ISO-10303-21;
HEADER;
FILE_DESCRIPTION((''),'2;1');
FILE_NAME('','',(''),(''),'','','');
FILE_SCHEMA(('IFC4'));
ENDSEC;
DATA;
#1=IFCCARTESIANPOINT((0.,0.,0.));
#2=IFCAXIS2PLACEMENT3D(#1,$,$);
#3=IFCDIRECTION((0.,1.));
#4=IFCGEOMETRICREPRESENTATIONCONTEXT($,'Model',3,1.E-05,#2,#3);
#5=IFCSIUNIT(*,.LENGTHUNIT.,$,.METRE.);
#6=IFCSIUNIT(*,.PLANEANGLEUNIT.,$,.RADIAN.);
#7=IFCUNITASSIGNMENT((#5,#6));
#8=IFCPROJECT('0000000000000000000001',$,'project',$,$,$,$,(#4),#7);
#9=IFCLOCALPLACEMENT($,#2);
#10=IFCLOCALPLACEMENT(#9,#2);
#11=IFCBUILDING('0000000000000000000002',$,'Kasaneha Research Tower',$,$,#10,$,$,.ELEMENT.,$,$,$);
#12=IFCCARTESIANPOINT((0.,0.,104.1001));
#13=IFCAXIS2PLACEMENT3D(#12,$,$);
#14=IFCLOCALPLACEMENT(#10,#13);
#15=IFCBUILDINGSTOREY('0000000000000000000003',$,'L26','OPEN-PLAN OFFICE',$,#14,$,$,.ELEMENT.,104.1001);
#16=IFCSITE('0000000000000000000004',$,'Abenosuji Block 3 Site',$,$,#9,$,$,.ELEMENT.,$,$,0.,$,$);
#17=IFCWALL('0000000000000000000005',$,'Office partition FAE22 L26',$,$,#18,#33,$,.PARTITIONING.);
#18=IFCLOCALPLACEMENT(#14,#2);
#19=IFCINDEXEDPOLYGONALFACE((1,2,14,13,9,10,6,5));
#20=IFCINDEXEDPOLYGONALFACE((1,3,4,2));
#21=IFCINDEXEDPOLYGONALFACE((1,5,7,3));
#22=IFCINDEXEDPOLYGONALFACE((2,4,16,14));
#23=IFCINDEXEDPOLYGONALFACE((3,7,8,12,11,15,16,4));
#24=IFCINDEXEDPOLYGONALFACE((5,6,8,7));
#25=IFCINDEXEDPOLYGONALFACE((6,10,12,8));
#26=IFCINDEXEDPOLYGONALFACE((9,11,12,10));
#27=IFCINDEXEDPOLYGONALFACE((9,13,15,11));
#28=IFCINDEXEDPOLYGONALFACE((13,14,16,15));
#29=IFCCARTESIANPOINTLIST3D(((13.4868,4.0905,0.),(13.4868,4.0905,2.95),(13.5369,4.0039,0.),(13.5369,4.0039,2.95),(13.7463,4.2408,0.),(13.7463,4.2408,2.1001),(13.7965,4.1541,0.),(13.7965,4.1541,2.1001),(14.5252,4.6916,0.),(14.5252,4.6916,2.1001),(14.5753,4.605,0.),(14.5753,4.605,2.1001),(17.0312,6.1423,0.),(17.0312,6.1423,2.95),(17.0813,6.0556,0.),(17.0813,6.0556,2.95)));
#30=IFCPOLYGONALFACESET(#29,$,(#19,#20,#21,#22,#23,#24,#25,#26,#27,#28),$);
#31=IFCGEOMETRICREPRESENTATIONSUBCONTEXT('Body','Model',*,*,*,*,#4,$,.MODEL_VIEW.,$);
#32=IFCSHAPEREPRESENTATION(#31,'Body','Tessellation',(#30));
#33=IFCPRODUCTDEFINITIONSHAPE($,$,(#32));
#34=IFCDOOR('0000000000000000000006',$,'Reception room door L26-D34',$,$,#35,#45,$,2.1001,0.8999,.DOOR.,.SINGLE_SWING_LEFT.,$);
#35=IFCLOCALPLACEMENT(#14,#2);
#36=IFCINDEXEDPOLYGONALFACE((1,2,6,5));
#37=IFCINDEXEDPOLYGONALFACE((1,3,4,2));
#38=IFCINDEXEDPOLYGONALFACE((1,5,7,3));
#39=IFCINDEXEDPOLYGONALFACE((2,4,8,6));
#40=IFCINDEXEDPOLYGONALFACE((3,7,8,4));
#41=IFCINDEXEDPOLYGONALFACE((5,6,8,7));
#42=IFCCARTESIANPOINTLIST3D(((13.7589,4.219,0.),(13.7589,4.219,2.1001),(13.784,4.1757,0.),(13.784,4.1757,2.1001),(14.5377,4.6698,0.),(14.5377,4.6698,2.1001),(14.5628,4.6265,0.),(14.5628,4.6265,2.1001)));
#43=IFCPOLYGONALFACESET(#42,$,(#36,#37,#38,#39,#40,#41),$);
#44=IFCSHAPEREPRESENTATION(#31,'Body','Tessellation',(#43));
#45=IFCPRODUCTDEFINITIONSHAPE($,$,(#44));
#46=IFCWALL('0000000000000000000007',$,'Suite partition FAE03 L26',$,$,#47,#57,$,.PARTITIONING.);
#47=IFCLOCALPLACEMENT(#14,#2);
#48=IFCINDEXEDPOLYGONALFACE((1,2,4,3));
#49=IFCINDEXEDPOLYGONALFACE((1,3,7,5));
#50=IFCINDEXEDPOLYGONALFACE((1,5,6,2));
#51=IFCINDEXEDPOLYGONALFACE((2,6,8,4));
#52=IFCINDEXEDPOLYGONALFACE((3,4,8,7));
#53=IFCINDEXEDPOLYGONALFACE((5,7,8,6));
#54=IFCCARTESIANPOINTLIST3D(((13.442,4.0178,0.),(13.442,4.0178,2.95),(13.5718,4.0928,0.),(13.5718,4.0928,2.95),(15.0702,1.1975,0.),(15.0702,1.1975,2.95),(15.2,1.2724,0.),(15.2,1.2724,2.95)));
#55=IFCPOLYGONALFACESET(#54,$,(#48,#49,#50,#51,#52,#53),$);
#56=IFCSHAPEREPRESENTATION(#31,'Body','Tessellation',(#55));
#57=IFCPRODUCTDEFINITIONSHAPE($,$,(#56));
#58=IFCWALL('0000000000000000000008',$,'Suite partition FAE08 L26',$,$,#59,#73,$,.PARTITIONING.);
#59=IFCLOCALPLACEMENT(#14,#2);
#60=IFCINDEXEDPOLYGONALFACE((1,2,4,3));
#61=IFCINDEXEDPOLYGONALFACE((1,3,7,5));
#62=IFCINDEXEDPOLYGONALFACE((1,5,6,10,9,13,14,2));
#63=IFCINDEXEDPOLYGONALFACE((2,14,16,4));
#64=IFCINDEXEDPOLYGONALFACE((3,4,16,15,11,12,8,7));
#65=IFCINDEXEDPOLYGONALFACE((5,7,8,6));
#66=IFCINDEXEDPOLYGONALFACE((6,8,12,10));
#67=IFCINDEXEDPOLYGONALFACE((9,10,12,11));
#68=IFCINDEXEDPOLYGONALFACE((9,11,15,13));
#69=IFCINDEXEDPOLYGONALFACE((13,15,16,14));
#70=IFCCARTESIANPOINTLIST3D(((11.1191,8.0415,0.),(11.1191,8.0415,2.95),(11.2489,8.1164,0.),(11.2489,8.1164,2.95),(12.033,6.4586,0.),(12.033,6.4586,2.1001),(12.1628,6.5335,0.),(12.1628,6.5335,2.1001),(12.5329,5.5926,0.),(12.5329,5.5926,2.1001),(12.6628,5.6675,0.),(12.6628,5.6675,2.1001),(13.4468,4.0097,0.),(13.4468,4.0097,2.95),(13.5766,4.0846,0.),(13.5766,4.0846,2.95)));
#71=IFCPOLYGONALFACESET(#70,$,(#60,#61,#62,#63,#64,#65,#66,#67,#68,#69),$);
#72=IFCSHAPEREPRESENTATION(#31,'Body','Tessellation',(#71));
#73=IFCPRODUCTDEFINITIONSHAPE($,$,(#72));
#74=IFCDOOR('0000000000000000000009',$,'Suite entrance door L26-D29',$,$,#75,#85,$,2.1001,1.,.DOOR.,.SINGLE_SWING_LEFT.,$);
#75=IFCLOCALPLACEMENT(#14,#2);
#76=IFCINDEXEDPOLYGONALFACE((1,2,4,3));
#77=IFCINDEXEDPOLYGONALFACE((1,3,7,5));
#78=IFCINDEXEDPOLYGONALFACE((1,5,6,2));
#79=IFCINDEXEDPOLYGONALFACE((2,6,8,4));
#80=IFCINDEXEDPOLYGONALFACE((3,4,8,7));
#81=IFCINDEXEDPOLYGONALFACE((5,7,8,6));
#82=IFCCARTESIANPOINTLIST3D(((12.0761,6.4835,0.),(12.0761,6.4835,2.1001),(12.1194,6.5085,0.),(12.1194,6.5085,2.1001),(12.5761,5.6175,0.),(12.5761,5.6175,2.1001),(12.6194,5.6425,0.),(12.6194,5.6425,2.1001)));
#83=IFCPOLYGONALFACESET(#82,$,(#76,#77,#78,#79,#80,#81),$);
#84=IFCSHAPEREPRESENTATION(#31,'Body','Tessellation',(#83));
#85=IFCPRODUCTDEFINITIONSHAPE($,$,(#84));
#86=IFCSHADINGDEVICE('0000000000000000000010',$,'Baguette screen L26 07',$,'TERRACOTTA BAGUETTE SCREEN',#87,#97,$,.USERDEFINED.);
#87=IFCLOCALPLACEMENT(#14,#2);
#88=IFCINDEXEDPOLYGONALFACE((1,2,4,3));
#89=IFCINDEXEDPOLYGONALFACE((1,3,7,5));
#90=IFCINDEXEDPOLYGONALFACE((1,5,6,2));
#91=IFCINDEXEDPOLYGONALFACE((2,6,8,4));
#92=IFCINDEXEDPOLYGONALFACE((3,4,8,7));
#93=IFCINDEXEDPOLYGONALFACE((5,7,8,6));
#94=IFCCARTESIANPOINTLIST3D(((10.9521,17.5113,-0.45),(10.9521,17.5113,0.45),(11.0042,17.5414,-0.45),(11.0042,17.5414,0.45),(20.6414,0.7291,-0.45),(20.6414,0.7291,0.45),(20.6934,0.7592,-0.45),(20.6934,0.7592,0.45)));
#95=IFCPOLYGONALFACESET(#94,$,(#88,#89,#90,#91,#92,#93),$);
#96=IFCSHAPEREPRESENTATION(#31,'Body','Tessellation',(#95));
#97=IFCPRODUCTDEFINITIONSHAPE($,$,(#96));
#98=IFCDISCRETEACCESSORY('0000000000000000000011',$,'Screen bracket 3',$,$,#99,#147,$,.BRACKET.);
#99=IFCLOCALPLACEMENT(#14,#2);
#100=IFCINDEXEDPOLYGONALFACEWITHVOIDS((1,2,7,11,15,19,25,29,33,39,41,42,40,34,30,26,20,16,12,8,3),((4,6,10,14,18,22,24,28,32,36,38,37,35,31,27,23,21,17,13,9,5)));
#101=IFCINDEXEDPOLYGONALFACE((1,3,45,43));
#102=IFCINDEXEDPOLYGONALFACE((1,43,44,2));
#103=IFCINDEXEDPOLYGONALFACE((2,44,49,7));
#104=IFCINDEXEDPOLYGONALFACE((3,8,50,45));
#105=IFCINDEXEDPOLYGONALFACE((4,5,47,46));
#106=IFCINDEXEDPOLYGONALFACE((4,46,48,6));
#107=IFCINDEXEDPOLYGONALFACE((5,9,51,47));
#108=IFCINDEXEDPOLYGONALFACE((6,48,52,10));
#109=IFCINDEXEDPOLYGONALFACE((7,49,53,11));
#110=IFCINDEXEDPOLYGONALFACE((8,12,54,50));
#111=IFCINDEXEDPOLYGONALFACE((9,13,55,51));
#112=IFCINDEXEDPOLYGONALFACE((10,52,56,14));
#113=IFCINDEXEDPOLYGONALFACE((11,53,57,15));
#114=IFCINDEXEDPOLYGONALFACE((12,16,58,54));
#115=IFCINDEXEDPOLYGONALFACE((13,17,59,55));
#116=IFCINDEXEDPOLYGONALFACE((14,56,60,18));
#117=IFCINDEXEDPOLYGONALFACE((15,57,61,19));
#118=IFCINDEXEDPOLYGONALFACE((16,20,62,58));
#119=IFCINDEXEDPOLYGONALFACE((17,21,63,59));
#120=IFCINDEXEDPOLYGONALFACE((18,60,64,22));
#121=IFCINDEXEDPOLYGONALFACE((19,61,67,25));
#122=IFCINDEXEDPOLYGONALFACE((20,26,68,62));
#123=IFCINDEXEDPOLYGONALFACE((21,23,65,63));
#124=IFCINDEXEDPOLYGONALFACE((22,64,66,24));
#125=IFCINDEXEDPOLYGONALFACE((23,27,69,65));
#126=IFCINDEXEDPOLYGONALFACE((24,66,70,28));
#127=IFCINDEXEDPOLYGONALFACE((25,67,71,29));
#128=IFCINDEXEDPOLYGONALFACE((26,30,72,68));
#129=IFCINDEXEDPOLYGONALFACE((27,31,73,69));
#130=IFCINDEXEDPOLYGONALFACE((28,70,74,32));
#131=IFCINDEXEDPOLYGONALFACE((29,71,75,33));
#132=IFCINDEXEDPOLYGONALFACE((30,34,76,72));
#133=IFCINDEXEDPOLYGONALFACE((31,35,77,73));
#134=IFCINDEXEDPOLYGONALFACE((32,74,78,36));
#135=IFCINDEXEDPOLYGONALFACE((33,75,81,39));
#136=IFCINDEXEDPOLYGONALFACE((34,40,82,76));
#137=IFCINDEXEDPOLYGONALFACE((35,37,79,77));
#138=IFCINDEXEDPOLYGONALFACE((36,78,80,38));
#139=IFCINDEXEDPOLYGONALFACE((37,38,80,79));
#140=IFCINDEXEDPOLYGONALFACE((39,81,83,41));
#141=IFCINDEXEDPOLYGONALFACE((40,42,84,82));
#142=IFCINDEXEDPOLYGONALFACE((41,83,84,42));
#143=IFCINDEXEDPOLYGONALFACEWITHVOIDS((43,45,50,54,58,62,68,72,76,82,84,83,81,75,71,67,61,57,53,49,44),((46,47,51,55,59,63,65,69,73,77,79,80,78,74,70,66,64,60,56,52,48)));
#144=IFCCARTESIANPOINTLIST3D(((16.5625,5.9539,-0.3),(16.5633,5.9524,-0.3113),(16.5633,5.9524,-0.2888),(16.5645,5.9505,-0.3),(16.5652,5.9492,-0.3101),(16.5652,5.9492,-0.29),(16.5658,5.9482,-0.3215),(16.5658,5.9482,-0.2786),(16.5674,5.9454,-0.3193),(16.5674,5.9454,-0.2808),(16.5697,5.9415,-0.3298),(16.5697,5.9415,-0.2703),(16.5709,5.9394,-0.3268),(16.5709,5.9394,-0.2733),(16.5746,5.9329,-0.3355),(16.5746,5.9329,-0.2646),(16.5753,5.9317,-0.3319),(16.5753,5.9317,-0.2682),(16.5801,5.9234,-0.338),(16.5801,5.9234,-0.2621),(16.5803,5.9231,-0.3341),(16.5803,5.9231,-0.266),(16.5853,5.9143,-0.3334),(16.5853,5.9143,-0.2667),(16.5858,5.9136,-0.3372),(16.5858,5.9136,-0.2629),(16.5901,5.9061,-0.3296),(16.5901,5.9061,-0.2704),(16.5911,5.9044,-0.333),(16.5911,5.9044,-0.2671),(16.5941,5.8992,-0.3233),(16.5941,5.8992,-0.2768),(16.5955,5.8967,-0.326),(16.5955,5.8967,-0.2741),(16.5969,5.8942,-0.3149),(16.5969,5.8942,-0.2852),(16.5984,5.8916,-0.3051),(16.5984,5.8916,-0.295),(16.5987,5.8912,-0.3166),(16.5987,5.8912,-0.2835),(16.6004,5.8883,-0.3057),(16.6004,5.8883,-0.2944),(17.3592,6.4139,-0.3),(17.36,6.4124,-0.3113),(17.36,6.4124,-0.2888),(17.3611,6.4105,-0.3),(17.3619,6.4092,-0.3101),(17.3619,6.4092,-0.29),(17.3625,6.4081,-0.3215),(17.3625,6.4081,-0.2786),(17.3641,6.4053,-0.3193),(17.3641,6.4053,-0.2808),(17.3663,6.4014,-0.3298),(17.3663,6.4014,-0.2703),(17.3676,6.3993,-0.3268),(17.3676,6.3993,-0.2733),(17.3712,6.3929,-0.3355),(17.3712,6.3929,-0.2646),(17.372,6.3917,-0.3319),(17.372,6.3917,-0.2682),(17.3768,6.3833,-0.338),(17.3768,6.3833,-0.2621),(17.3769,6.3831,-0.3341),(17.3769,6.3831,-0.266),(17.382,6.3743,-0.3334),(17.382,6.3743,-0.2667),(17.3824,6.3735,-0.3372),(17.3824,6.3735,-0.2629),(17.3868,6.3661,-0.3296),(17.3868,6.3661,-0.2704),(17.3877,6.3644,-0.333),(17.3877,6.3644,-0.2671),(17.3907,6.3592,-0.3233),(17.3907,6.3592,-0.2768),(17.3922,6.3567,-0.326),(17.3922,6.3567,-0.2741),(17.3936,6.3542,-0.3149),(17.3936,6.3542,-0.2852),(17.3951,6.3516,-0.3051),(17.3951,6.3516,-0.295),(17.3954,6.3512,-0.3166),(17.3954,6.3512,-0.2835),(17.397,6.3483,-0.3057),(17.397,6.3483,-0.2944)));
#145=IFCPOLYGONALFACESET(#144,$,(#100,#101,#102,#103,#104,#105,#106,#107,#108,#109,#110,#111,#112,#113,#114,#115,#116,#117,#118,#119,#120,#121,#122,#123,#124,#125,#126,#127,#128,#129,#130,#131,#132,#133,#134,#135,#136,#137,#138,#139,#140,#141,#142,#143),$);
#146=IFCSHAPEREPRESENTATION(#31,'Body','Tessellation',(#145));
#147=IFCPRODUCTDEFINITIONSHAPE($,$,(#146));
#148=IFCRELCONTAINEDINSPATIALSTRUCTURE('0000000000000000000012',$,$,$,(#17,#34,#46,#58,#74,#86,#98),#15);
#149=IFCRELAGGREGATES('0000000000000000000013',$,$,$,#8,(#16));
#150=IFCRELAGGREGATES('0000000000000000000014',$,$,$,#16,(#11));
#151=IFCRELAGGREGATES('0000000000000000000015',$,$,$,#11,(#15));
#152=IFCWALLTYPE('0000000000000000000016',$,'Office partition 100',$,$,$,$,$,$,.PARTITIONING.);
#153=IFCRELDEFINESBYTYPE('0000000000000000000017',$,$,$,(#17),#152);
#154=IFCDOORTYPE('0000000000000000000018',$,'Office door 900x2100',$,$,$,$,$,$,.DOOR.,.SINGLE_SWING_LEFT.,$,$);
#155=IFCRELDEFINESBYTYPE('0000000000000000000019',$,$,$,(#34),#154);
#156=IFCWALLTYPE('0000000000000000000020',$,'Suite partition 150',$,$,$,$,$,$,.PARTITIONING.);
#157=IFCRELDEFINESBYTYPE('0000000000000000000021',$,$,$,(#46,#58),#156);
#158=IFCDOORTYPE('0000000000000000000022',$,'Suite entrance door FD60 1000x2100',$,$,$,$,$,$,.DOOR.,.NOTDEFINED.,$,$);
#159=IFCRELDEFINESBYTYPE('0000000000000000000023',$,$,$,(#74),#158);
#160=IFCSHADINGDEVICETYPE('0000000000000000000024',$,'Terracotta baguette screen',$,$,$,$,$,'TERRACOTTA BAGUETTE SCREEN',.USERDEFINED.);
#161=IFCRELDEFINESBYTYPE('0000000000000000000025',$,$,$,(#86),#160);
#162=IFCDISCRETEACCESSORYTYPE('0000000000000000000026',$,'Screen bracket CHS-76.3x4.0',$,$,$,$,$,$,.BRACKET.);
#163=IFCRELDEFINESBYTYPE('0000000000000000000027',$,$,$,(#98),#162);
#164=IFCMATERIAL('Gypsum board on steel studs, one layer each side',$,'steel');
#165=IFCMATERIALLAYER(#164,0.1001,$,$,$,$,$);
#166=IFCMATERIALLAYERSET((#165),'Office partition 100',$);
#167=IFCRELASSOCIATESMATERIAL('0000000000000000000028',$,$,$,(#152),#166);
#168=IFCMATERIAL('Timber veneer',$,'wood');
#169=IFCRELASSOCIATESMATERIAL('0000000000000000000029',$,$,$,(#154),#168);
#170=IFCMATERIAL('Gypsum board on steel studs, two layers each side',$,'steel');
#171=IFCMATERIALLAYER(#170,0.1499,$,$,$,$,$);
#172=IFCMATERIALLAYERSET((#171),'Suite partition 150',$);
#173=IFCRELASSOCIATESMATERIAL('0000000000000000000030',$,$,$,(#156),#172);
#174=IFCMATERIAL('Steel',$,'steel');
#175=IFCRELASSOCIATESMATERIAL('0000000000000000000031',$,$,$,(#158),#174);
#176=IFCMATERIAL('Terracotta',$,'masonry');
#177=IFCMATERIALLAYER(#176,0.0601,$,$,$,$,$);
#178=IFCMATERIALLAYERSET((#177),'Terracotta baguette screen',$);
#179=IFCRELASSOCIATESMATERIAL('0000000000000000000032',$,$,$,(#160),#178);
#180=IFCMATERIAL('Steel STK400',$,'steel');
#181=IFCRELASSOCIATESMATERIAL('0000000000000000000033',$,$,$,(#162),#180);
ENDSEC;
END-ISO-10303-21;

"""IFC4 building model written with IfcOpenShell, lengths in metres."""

from ifc_helpers import new_model, si_unit, direction, frame, frame_2d, origin, origin_2d, place, context, subcontext, project, spatial, rectangle, hollow_circle, extrude, material, layer, layer_set, material_profile, profile_set, type_object, element, fill, save


model = new_model("IFC4")

# Units and contexts
model_context = context("Model", 3, precision=1e-05, world=origin(), true_north=direction((0.0, 1.0)))
body_context = subcontext(model_context, "Body", "Model", "MODEL_VIEW")
ifc_project = project(units=[si_unit("LENGTHUNIT", "METRE"), si_unit("PLANEANGLEUNIT", "RADIAN")], contexts=[model_context])

# Site, building, storey
site_placement = place(None, origin())
site = spatial("IfcSite", under=ifc_project, at=site_placement, Name="Abenosuji Block 3 Site", CompositionType="ELEMENT", RefElevation=0.0)
building_placement = place(site_placement, origin())
building = spatial("IfcBuilding", under=site, at=building_placement, Name="Kasaneha Research Tower", CompositionType="ELEMENT")
storey_placement = place(building_placement, frame((0.0, 0.0, 104.1001)))
storey = spatial("IfcBuildingStorey", under=building, at=storey_placement, Name="L26", Description="OPEN-PLAN OFFICE", CompositionType="ELEMENT", Elevation=104.1001)

# Shared definitions
ifc_material_1 = material(Name="Gypsum board on steel studs, one layer each side", Category="steel")
ifc_layer_1 = layer(ifc_material_1, 0.1001)
ifc_layer_set_1 = layer_set([ifc_layer_1], Name="Office partition 100")
wall_type_1 = type_object("IfcWallType", Name="Office partition 100", PredefinedType="PARTITIONING", material=ifc_layer_set_1)

# Wall, opening, door
wall_1_placement = place(storey_placement, frame((13.5117, 4.0471, 0.0), z_axis=(0.0, 0.0, 1.0), x_axis=(0.865456, 0.500985, 0.0)))
wall_1 = element("IfcWall", 1, at=wall_1_placement, inside=storey, type_object=wall_type_1, Name="Office partition FAE22 L26", PredefinedType="PARTITIONING", context=body_context, shape_type="SweptSolid", body=[
    extrude(rectangle(XDim=4.0955, YDim=0.1001, at=frame_2d((2.0479, 0.0))), origin(), (0.0, 0.0, 1.0), 2.95),
])
opening_1_placement = place(wall_1_placement, frame((0.3, 0.0, 0.0)))
opening_1 = element("IfcOpeningElement", 2, at=opening_1_placement, cuts=wall_1, PredefinedType="OPENING", context=body_context, shape_type="SweptSolid", body=[
    extrude(rectangle(XDim=0.8999, YDim=2.1001, at=frame_2d((0.45, 1.05))), frame((0.0, 0.0601, 0.0), z_axis=(0.0, -1.0, 0.0), x_axis=(1.0, 0.0, 0.0)), (0.0, 0.0, 1.0), 0.1201),
])
ifc_material_2 = material(Name="Timber veneer", Category="wood")
door_type_1 = type_object("IfcDoorType", Name="Office door 900x2100", OperationType="SINGLE_SWING_LEFT", PredefinedType="DOOR", material=ifc_material_2)
door_1_placement = place(opening_1_placement, origin())
door_1 = element("IfcDoor", 3, at=door_1_placement, inside=storey, type_object=door_type_1, Name="Reception room door L26-D34", OperationType="SINGLE_SWING_LEFT", OverallHeight=2.1001, OverallWidth=0.8999, PredefinedType="DOOR", context=body_context, shape_type="SweptSolid", body=[
    extrude(rectangle(XDim=0.8999, YDim=2.1001, at=frame_2d((0.45, 1.05))), frame((0.0, 0.0249, 0.0), z_axis=(0.0, -1.0, 0.0), x_axis=(1.0, 0.0, 0.0)), (0.0, 0.0, 1.0), 0.05),
])
fill(opening_1, door_1)

# Wall
ifc_material_3 = material(Name="Gypsum board on steel studs, two layers each side", Category="steel")
ifc_layer_2 = layer(ifc_material_3, 0.1499)
ifc_layer_set_2 = layer_set([ifc_layer_2], Name="Suite partition 150")
wall_type_2 = type_object("IfcWallType", Name="Suite partition 150", PredefinedType="PARTITIONING", material=ifc_layer_set_2)
wall_2_placement = place(storey_placement, frame((13.5068, 4.0554, 0.0), z_axis=(0.0, 0.0, 1.0), x_axis=(0.499969, -0.866043, 0.0)))
element("IfcWall", 4, at=wall_2_placement, inside=storey, type_object=wall_type_2, Name="Suite partition FAE03 L26", PredefinedType="PARTITIONING", context=body_context, shape_type="SweptSolid", body=[
    extrude(rectangle(XDim=3.2566, YDim=0.1499, at=frame_2d((1.6284, 0.0))), origin(), (0.0, 0.0, 1.0), 2.95),
])

# Wall, opening, door
wall_3_placement = place(storey_placement, frame((11.1841, 8.0789, 0.0), z_axis=(0.0, 0.0, 1.0), x_axis=(0.499986, -0.866034, 0.0)))
wall_3 = element("IfcWall", 5, at=wall_3_placement, inside=storey, type_object=wall_type_2, Name="Suite partition FAE08 L26", PredefinedType="PARTITIONING", context=body_context, shape_type="SweptSolid", body=[
    extrude(rectangle(XDim=4.6555, YDim=0.1499, at=frame_2d((2.3276, 0.0))), origin(), (0.0, 0.0, 1.0), 2.95),
])
opening_2_placement = place(wall_3_placement, frame((1.8276, 0.0, 0.0)))
opening_2 = element("IfcOpeningElement", 6, at=opening_2_placement, cuts=wall_3, PredefinedType="OPENING", context=body_context, shape_type="SweptSolid", body=[
    extrude(rectangle(XDim=1.0, YDim=2.1001, at=frame_2d((0.5, 1.05))), frame((0.0, 0.085, 0.0), z_axis=(0.0, -1.0, 0.0), x_axis=(1.0, 0.0, 0.0)), (0.0, 0.0, 1.0), 0.1699),
])
ifc_material_4 = material(Name="Steel", Category="steel")
door_type_2 = type_object("IfcDoorType", Name="Suite entrance door FD60 1000x2100", OperationType="NOTDEFINED", PredefinedType="DOOR", material=ifc_material_4)
door_2_placement = place(opening_2_placement, origin())
door_2 = element("IfcDoor", 7, at=door_2_placement, inside=storey, type_object=door_type_2, Name="Suite entrance door L26-D29", OperationType="SINGLE_SWING_LEFT", OverallHeight=2.1001, OverallWidth=1.0, PredefinedType="DOOR", context=body_context, shape_type="SweptSolid", body=[
    extrude(rectangle(XDim=1.0, YDim=2.1001, at=frame_2d((0.5, 1.05))), frame((0.0, 0.0249, 0.0), z_axis=(0.0, -1.0, 0.0), x_axis=(1.0, 0.0, 0.0)), (0.0, 0.0, 1.0), 0.05),
])
fill(opening_2, door_2)

# Shading device
ifc_material_5 = material(Name="Terracotta", Category="masonry")
ifc_layer_3 = layer(ifc_material_5, 0.0601)
ifc_layer_set_3 = layer_set([ifc_layer_3], Name="Terracotta baguette screen")
shading_device_type = type_object("IfcShadingDeviceType", Name="Terracotta baguette screen", ElementType="TERRACOTTA BAGUETTE SCREEN", PredefinedType="USERDEFINED", material=ifc_layer_set_3)
shading_device_placement = place(storey_placement, frame((15.8228, 9.1353, -0.45), z_axis=(0.0, 0.0, 1.0), x_axis=(-0.5, 0.866025, 0.0)))
element("IfcShadingDevice", 8, at=shading_device_placement, inside=storey, type_object=shading_device_type, Name="Baguette screen L26 07", ObjectType="TERRACOTTA BAGUETTE SCREEN", PredefinedType="USERDEFINED", context=body_context, shape_type="SweptSolid", body=[
    extrude(rectangle(XDim=19.3784, YDim=0.0601, at=origin_2d()), origin(), (0.0, 0.0, 1.0), 0.8999),
])

# Discrete accessory
ifc_material_6 = material(Name="Steel STK400", Category="steel")
ifc_material_profile_1 = material_profile(ifc_material_6, hollow_circle(Radius=0.0381, WallThickness=0.0039, at=origin_2d()), Name="CHS-76.3x4.0")
ifc_profile_set_1 = profile_set([ifc_material_profile_1], Name="Steel STK400")
discrete_accessory_type = type_object("IfcDiscreteAccessoryType", Name="Screen bracket CHS-76.3x4.0", PredefinedType="BRACKET", material=ifc_profile_set_1)
for number, where, z_axis, x_axis, name in (
    (9, (16.5815, 5.9209, -0.3), (0.866013, 0.500021, 0.0), (-0.500021, 0.866013, 0.0), "Screen bracket 3"),
):
    element("IfcDiscreteAccessory", number, at=place(storey_placement, frame(where, z_axis=z_axis, x_axis=x_axis)), inside=storey, type_object=discrete_accessory_type, Name=name, PredefinedType="BRACKET", context=body_context, shape_type="SweptSolid", body=[
        extrude(hollow_circle(Radius=0.0381, WallThickness=0.0039, at=origin_2d()), origin(), (0.0, 0.0, 1.0), 0.9199),
    ])

save(model, "model.ifc")
